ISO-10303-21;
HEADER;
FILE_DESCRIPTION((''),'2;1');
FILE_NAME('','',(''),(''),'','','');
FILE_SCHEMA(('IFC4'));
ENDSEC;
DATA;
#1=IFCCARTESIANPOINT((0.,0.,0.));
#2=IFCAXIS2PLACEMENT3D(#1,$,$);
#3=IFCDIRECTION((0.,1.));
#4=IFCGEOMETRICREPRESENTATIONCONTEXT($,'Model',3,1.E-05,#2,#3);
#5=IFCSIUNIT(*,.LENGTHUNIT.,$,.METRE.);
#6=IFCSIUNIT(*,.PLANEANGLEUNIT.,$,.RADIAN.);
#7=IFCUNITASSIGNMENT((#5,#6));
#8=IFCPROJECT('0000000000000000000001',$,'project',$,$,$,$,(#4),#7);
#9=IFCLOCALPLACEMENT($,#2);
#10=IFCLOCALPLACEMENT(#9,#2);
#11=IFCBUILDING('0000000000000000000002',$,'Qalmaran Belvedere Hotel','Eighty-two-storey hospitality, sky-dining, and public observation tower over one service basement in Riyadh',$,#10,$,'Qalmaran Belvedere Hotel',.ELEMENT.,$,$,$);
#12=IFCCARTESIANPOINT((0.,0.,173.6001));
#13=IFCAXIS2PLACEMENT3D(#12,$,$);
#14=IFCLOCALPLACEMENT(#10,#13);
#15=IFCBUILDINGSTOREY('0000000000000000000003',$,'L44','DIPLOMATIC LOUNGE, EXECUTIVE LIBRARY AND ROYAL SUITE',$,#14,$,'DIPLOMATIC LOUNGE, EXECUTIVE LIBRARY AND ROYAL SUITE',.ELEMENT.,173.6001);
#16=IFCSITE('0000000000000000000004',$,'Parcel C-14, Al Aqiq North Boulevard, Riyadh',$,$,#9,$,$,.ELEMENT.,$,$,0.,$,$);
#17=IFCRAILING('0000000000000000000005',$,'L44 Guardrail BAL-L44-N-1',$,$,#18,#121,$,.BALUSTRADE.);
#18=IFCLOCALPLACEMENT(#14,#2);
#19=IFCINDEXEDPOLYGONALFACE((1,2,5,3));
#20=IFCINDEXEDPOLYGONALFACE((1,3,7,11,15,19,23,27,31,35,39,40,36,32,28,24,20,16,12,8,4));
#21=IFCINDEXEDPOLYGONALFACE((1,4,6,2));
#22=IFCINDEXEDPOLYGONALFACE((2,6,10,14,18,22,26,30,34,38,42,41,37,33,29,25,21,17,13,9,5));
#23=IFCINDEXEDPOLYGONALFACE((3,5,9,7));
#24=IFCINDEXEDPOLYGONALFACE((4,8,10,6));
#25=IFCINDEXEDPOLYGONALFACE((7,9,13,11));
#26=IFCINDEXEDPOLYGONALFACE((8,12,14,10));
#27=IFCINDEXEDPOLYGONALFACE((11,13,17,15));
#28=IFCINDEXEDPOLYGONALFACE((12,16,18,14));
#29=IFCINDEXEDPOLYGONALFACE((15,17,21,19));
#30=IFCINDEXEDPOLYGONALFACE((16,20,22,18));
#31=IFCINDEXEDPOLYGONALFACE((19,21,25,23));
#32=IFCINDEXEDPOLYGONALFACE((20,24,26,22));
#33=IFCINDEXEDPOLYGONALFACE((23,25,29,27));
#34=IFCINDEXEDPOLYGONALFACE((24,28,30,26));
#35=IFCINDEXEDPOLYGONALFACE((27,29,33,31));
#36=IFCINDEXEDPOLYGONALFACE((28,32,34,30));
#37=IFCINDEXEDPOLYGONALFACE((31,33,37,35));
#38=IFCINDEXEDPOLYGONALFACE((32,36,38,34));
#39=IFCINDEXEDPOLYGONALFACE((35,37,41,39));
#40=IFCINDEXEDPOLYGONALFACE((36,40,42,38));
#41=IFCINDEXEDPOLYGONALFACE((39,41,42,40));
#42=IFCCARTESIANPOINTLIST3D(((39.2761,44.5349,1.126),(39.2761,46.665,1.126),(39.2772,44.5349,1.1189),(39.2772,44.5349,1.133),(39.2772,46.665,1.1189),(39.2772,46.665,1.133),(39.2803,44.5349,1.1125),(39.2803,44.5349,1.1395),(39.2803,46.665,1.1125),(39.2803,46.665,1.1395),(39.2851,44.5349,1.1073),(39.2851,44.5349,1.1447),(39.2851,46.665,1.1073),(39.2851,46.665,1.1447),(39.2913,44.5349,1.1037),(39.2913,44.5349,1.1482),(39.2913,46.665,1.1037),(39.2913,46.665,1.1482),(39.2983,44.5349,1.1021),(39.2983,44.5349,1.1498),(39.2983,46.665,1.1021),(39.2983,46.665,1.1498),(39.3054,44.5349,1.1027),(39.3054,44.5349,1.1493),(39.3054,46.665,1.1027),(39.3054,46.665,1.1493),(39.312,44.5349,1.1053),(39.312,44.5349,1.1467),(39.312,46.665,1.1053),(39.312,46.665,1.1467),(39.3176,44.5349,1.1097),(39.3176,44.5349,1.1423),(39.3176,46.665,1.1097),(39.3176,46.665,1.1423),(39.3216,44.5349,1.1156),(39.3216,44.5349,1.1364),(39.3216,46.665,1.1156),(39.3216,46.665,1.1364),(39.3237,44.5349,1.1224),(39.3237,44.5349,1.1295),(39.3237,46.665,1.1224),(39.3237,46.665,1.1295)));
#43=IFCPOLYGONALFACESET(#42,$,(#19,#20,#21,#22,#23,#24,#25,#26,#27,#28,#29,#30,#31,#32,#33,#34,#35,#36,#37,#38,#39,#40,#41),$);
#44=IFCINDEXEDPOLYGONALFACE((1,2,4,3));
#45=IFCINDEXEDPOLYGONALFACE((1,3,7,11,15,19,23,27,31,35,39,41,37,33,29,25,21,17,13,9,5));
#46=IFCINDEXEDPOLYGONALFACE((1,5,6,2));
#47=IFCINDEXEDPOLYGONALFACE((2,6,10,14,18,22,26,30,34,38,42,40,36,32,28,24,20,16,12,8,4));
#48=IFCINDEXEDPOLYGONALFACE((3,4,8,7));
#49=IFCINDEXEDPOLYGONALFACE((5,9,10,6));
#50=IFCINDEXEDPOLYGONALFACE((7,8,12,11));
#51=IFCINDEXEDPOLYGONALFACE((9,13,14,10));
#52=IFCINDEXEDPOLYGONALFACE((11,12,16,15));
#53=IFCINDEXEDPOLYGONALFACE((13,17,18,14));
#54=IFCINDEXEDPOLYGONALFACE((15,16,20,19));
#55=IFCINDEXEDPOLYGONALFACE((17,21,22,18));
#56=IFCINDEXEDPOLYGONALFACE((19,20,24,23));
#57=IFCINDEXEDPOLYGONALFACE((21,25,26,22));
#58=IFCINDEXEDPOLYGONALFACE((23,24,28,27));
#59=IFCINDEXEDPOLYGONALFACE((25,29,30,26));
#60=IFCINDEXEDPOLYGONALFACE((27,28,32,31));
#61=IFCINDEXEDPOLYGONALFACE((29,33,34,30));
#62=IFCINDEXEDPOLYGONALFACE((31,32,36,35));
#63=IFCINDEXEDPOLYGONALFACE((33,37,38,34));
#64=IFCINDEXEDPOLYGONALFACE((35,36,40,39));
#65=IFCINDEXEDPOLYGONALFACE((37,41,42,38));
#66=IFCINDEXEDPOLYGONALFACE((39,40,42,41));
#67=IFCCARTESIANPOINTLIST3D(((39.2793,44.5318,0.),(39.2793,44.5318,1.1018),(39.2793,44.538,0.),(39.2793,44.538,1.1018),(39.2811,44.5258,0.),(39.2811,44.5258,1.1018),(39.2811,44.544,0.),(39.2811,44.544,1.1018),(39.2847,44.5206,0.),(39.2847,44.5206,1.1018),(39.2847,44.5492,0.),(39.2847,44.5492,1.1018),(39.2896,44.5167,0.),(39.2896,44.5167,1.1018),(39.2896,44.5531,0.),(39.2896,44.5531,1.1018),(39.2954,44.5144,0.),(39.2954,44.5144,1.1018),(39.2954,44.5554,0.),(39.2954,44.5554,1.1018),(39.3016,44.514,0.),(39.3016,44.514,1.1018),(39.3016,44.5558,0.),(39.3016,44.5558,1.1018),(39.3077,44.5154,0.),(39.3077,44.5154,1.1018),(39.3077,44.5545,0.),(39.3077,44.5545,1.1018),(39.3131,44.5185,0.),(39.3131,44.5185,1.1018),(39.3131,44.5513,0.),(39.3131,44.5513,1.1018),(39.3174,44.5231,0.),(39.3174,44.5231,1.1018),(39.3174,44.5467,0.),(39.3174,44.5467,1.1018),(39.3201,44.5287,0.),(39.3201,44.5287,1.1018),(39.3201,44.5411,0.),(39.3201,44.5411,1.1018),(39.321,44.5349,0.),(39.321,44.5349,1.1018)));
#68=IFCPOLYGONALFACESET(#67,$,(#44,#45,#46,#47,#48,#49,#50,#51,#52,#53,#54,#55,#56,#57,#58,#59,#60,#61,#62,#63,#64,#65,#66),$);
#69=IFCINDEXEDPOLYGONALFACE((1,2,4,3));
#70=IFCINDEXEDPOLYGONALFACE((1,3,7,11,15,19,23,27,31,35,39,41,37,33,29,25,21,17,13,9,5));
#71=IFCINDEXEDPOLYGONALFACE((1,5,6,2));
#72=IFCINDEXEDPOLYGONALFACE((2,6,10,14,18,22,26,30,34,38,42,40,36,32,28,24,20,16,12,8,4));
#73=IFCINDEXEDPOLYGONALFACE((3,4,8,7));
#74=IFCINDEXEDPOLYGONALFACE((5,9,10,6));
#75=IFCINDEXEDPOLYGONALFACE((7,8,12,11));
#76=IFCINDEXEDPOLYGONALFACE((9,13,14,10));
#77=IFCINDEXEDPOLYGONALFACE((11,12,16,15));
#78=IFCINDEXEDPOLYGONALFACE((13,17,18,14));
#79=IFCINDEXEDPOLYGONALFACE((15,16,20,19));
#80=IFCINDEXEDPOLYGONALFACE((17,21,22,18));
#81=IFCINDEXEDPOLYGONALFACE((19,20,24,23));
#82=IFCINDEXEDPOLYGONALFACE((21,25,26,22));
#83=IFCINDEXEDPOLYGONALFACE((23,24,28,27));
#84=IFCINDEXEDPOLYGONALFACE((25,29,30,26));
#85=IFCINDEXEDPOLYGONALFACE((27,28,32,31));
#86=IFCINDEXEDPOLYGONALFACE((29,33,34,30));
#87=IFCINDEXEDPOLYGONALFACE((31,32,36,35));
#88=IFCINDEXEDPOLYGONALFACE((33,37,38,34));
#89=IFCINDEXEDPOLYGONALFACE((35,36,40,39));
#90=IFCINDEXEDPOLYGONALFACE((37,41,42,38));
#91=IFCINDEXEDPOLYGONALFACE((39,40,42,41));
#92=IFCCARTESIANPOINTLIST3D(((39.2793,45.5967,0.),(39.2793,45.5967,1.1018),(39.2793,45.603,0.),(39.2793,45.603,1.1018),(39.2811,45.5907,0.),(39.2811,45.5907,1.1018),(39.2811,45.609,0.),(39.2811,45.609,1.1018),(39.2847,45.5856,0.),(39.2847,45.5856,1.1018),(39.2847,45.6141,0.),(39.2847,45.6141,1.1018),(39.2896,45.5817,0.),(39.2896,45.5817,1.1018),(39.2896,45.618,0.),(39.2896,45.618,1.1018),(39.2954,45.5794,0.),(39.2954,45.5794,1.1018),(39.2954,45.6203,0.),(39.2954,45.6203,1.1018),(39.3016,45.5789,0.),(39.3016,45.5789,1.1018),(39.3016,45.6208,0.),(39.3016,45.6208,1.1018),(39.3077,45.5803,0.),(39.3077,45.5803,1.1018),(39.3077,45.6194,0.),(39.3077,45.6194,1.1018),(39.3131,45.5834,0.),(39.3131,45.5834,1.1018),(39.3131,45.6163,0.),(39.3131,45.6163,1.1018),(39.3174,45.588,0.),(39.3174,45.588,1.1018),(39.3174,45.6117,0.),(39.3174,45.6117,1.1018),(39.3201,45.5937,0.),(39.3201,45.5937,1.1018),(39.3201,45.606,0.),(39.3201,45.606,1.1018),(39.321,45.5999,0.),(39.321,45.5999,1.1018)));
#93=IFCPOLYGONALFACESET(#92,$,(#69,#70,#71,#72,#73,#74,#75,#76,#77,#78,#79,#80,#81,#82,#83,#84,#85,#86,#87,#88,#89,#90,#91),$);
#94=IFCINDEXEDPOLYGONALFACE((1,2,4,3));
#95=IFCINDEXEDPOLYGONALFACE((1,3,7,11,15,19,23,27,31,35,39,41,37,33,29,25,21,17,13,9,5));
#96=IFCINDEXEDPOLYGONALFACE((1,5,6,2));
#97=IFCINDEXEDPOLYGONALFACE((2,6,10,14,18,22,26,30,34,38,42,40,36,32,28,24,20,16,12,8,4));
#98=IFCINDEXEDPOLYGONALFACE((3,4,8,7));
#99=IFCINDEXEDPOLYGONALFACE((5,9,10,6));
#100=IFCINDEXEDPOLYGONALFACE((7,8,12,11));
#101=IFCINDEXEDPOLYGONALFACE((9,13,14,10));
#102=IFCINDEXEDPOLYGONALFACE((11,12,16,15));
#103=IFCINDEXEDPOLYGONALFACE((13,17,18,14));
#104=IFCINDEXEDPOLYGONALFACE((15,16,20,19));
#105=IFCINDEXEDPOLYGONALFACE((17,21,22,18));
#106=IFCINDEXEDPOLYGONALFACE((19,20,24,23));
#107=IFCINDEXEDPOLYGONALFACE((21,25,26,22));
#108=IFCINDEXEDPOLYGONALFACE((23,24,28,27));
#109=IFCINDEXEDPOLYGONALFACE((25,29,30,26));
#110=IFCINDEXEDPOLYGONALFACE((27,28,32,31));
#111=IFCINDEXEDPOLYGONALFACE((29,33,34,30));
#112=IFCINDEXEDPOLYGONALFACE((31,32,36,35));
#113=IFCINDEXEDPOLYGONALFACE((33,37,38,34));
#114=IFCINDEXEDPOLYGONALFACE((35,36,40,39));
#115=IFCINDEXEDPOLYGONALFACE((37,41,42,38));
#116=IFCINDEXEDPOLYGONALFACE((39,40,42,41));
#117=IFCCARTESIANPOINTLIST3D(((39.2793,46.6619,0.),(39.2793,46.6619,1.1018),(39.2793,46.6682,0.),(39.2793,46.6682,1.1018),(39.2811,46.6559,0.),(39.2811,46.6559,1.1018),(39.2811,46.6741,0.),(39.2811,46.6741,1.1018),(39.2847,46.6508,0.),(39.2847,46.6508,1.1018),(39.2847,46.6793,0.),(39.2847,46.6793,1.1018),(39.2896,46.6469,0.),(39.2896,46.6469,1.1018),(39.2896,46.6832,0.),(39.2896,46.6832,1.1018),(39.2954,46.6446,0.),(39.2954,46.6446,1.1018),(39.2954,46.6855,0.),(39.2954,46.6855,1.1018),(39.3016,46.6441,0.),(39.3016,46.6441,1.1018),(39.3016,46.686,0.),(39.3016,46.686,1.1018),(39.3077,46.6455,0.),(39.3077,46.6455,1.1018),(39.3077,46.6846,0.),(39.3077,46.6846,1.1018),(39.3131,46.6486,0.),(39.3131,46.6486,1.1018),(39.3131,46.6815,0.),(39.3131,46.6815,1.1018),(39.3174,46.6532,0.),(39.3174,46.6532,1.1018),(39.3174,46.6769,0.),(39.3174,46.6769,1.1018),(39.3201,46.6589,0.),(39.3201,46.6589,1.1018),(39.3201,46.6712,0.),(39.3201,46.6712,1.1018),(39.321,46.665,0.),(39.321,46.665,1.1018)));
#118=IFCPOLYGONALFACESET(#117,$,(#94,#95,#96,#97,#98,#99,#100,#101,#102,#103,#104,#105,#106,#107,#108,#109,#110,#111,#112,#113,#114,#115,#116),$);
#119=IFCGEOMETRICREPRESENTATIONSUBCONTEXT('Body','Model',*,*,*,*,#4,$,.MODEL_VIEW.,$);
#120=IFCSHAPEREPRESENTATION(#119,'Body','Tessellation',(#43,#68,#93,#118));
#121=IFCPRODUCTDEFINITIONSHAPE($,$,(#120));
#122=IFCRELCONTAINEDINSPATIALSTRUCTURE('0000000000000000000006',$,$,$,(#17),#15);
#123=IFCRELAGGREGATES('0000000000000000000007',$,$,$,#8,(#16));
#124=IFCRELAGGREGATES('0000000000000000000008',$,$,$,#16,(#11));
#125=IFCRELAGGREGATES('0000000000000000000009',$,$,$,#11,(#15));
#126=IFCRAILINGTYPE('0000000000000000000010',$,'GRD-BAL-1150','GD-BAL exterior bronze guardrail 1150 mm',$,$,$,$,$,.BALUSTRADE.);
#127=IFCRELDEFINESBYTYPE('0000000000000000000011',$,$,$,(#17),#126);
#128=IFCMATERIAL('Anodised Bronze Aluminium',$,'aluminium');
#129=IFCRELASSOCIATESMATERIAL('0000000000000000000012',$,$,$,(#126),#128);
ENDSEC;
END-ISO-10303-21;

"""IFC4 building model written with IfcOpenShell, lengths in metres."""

from ifc_helpers import new_model, si_unit, direction, frame, origin, origin_2d, place, context, subcontext, project, spatial, circle, extrude, material, type_object, element, save


model = new_model("IFC4")

# Units and contexts
model_context = context("Model", 3, precision=1e-05, world=origin(), true_north=direction((0.0, 1.0)))
body_context = subcontext(model_context, "Body", "Model", "MODEL_VIEW")
ifc_project = project(units=[si_unit("LENGTHUNIT", "METRE"), si_unit("PLANEANGLEUNIT", "RADIAN")], contexts=[model_context])

# Site, building, storey
site_placement = place(None, origin())
site = spatial("IfcSite", under=ifc_project, at=site_placement, Name="Parcel C-14, Al Aqiq North Boulevard, Riyadh", CompositionType="ELEMENT", RefElevation=0.0)
building_placement = place(site_placement, origin())
building = spatial("IfcBuilding", under=site, at=building_placement, Name="Qalmaran Belvedere Hotel", Description="Eighty-two-storey hospitality, sky-dining, and public observation tower over one service basement in Riyadh", LongName="Qalmaran Belvedere Hotel", CompositionType="ELEMENT")
storey_placement = place(building_placement, frame((0.0, 0.0, 173.6001)))
storey = spatial("IfcBuildingStorey", under=building, at=storey_placement, Name="L44", Description="DIPLOMATIC LOUNGE, EXECUTIVE LIBRARY AND ROYAL SUITE", LongName="DIPLOMATIC LOUNGE, EXECUTIVE LIBRARY AND ROYAL SUITE", CompositionType="ELEMENT", Elevation=173.6001)

# Shared definitions
ifc_material_1 = material(Name="Anodised Bronze Aluminium", Category="aluminium")

# Railing
railing_type = type_object("IfcRailingType", Name="GRD-BAL-1150", Description="GD-BAL exterior bronze guardrail 1150 mm", PredefinedType="BALUSTRADE", material=ifc_material_1)
railing_1_placement = place(storey_placement, frame((39.3, 44.5349, 0.0)))
element("IfcRailing", 1, at=railing_1_placement, inside=storey, type_object=railing_type, Name="L44 Guardrail BAL-L44-N-1", PredefinedType="BALUSTRADE", context=body_context, shape_type="SweptSolid", body=[
    extrude(circle(Radius=0.0239, at=origin_2d()), frame((0.0, 0.0, 1.126), z_axis=(0.0, 1.0, 0.0), x_axis=(-1.0, 0.0, 0.0)), (0.0, 0.0, 1.0), 2.1301),
    extrude(circle(Radius=0.021, at=origin_2d()), origin(), (0.0, 0.0, 1.0), 1.1018),
    extrude(circle(Radius=0.021, at=origin_2d()), frame((0.0, 1.0649, 0.0)), (0.0, 0.0, 1.0), 1.1018),
    extrude(circle(Radius=0.021, at=origin_2d()), frame((0.0, 2.1301, 0.0)), (0.0, 0.0, 1.0), 1.1018),
])

save(model, "model.ifc")
